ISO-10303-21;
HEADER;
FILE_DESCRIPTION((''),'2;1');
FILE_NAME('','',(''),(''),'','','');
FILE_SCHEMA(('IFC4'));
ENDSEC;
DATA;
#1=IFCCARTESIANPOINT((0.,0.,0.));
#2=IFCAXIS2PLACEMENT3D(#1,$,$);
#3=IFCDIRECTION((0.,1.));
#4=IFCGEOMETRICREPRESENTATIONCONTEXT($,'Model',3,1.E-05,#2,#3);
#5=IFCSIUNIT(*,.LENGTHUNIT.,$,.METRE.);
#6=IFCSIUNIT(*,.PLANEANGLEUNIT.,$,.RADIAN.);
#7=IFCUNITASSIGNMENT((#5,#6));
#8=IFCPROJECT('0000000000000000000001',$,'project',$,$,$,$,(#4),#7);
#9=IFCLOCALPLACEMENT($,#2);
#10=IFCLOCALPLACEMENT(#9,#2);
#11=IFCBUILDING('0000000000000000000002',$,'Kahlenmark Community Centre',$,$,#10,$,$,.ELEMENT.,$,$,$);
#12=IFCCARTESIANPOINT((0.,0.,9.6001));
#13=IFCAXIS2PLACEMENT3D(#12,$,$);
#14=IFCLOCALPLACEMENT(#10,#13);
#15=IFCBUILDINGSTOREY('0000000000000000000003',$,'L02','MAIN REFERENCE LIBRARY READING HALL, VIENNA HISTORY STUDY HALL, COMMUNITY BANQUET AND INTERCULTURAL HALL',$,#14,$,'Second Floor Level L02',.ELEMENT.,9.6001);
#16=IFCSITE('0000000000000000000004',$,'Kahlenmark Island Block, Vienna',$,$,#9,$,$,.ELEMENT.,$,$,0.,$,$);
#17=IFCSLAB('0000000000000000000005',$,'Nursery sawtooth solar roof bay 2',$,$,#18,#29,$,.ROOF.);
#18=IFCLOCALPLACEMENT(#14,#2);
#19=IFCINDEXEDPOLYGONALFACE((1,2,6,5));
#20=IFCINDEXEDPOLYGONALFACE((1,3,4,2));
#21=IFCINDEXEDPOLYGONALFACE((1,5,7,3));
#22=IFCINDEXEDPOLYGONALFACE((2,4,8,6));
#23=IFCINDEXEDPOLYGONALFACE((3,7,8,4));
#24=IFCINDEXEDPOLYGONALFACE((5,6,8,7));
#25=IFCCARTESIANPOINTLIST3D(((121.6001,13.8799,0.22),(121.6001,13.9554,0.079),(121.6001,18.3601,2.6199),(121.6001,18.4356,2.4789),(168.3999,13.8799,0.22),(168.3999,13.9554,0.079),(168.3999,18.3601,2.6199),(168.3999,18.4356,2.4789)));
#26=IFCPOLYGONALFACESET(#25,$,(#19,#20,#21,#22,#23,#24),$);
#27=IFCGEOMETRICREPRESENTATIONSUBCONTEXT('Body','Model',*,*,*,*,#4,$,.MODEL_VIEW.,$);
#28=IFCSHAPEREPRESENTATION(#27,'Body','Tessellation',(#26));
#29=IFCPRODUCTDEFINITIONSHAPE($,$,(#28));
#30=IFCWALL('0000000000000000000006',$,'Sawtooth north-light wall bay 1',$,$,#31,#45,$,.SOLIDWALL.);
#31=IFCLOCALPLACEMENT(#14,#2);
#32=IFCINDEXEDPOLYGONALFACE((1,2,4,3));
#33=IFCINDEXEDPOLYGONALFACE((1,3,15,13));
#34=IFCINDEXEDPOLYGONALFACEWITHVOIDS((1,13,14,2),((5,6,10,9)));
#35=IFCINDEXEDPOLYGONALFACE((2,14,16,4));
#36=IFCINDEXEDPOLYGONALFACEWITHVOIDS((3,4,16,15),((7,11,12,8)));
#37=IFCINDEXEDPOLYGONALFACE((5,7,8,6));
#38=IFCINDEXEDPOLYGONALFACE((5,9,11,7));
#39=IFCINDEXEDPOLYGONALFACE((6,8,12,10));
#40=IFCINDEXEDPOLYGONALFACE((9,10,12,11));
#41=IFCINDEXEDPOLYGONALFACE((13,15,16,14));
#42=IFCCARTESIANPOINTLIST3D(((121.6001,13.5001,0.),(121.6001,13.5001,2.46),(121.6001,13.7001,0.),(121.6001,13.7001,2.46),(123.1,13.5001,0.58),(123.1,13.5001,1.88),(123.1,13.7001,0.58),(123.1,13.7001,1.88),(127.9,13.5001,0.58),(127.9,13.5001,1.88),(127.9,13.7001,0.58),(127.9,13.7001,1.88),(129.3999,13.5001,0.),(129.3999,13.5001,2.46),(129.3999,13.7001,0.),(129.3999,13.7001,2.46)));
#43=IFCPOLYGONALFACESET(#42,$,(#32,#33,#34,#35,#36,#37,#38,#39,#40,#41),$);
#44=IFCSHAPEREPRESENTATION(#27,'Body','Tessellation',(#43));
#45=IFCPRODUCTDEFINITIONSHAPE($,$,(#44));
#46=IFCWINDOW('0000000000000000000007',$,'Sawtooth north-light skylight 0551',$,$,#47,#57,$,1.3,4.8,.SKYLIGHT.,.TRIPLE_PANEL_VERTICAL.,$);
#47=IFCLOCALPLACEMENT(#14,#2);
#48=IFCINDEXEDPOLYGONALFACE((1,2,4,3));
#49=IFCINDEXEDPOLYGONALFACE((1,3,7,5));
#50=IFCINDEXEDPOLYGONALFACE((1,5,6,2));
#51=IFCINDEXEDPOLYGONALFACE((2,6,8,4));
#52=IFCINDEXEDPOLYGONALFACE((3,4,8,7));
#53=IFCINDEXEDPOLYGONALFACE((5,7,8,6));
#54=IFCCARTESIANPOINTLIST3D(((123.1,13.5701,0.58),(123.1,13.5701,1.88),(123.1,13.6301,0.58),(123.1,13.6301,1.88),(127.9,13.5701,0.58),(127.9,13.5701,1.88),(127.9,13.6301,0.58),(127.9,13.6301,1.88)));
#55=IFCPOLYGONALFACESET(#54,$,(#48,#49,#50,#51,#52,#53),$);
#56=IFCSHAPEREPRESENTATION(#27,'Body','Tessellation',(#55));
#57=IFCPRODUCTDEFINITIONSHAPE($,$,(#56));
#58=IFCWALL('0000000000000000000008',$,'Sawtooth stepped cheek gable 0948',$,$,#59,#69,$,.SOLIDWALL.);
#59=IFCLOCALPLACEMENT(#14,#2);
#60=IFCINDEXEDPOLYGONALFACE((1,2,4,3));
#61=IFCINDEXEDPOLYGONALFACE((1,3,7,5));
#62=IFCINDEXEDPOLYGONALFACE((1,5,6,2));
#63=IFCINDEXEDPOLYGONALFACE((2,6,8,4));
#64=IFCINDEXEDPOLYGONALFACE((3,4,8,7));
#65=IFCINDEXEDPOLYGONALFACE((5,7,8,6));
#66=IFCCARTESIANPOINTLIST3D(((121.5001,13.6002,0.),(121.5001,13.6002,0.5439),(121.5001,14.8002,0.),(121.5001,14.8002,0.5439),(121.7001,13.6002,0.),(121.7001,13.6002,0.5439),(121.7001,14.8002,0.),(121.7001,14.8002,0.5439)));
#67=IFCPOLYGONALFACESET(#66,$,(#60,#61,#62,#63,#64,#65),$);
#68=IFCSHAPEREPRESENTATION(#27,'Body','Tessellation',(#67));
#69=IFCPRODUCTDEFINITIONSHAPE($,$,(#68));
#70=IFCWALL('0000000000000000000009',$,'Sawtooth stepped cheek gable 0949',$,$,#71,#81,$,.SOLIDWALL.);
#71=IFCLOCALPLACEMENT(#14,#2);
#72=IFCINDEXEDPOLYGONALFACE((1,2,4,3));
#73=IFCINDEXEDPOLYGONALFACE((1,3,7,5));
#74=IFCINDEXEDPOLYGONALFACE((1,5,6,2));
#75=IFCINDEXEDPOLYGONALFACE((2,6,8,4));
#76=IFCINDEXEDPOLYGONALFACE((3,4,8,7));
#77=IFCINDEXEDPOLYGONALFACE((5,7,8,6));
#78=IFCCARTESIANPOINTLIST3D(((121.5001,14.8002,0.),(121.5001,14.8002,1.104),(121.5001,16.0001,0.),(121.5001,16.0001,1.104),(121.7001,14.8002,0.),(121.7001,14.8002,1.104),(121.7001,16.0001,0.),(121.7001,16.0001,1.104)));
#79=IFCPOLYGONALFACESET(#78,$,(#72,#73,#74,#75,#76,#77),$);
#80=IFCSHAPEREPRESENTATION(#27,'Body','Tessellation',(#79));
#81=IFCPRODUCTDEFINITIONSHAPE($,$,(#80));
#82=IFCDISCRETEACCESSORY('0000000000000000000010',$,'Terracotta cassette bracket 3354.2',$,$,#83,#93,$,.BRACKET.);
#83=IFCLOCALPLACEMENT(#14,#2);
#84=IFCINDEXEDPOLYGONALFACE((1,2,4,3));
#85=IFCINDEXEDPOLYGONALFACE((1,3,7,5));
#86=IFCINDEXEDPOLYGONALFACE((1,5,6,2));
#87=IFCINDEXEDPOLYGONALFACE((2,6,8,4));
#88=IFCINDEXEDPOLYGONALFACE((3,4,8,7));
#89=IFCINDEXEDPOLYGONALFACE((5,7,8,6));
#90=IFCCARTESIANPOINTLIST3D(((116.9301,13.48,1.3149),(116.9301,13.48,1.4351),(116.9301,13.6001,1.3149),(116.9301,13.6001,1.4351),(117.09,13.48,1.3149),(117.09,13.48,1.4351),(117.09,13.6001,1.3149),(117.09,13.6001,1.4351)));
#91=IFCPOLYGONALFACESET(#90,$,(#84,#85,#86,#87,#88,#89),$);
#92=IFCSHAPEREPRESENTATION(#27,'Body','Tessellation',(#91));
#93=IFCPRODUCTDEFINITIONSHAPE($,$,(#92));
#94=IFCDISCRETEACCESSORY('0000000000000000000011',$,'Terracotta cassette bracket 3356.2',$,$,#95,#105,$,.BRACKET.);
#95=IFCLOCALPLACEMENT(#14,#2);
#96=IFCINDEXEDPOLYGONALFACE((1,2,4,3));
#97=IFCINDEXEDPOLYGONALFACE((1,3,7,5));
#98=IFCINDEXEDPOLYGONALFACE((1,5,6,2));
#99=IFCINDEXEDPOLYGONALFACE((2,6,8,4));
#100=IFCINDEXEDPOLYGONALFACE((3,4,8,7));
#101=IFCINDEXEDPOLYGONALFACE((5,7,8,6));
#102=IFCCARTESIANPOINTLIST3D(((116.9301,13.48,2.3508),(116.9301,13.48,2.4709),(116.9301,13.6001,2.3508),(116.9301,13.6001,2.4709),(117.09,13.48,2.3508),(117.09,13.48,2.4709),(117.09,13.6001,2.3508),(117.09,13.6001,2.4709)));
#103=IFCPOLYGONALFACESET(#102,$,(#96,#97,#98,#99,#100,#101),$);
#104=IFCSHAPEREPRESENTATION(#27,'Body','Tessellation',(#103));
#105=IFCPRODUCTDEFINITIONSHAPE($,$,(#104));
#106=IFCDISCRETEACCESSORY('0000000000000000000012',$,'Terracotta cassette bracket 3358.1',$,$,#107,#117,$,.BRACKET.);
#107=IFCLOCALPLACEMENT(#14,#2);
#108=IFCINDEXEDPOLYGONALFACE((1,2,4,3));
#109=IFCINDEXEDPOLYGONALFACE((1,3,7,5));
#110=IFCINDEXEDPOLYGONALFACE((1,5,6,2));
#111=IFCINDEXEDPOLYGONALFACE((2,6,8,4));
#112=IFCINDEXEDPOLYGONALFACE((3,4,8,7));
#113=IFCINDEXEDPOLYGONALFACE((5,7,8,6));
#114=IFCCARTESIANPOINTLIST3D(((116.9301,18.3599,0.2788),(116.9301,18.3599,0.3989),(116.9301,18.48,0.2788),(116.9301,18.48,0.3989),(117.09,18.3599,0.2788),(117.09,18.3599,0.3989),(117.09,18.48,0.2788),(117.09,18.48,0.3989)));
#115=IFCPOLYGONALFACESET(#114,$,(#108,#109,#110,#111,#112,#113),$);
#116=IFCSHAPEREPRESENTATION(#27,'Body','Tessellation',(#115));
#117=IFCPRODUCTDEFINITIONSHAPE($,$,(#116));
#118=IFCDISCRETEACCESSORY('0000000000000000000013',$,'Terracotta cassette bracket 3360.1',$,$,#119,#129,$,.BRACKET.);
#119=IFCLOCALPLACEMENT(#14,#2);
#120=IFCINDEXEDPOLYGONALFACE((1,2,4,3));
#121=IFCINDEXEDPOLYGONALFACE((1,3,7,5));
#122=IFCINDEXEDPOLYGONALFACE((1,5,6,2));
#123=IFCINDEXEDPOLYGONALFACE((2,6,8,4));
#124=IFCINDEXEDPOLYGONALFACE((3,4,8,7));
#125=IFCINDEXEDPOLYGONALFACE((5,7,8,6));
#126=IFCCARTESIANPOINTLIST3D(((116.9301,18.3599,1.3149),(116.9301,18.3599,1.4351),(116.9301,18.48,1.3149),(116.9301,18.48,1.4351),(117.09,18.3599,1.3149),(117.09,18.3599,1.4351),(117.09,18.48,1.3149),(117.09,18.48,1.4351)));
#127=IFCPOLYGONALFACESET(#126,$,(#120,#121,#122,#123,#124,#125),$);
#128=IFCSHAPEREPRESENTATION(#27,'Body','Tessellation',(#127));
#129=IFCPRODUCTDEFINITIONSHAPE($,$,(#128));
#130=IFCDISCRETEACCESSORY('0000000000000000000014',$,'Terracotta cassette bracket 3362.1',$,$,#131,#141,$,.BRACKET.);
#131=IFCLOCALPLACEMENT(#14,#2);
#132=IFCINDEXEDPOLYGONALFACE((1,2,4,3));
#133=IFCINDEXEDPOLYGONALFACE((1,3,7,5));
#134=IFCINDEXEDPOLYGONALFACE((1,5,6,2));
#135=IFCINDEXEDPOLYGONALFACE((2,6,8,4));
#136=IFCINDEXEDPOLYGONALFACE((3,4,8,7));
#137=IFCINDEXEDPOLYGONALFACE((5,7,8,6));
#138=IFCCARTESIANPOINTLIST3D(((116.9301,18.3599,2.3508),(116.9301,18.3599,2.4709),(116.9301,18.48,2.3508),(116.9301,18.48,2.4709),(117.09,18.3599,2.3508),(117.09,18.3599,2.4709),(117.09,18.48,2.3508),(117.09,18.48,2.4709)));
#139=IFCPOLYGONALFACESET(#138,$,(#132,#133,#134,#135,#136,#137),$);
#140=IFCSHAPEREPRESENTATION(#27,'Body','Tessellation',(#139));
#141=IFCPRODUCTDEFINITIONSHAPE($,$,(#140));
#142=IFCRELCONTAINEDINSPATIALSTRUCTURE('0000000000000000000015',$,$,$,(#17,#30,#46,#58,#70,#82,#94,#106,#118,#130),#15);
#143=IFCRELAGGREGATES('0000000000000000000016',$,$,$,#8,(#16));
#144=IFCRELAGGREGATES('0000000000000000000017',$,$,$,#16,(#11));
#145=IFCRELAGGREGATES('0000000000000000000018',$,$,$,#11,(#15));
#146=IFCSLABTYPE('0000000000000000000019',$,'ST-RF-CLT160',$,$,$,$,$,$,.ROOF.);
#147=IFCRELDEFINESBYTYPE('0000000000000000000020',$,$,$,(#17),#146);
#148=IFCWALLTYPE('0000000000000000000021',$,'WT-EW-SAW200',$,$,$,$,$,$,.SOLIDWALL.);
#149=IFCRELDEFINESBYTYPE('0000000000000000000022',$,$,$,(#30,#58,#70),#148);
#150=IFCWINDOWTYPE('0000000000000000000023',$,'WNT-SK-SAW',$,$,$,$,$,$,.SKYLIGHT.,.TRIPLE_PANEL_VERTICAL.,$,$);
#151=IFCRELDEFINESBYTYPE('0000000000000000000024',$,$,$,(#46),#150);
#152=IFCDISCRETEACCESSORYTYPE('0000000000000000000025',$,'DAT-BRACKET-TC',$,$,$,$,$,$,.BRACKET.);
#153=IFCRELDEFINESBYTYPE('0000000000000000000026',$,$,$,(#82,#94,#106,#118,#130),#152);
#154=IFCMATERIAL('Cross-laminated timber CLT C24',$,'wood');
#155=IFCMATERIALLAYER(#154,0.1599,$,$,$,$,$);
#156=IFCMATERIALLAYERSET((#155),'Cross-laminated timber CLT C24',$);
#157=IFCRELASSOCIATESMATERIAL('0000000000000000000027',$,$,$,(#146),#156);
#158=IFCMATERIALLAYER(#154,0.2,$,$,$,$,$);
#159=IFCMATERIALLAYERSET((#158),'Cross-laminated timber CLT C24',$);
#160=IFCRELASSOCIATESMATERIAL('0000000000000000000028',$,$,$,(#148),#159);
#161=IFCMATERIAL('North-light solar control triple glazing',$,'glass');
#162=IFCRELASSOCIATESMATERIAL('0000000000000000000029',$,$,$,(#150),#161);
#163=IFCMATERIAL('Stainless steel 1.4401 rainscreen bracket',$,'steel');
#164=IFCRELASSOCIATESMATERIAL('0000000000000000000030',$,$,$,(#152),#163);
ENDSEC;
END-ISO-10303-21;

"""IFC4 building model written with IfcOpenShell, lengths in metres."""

from ifc_helpers import new_model, si_unit, direction, frame, frame_2d, origin, origin_2d, place, context, subcontext, project, spatial, polyline, rectangle, outline, extrude, material, layer, layer_set, type_object, element, fill, save


model = new_model("IFC4")

# Units and contexts
model_context = context("Model", 3, precision=1e-05, world=origin(), true_north=direction((0.0, 1.0)))
body_context = subcontext(model_context, "Body", "Model", "MODEL_VIEW")
ifc_project = project(units=[si_unit("LENGTHUNIT", "METRE"), si_unit("PLANEANGLEUNIT", "RADIAN")], contexts=[model_context])

# Site, building, storey
site_placement = place(None, origin())
site = spatial("IfcSite", under=ifc_project, at=site_placement, Name="Kahlenmark Island Block, Vienna", CompositionType="ELEMENT", RefElevation=0.0)
building_placement = place(site_placement, origin())
building = spatial("IfcBuilding", under=site, at=building_placement, Name="Kahlenmark Community Centre", CompositionType="ELEMENT")
storey_placement = place(building_placement, frame((0.0, 0.0, 9.6001)))
storey = spatial("IfcBuildingStorey", under=building, at=storey_placement, Name="L02", Description="MAIN REFERENCE LIBRARY READING HALL, VIENNA HISTORY STUDY HALL, COMMUNITY BANQUET AND INTERCULTURAL HALL", LongName="Second Floor Level L02", CompositionType="ELEMENT", Elevation=9.6001)

# Slab
ifc_material_1 = material(Name="Cross-laminated timber CLT C24", Category="wood")
ifc_layer_1 = layer(ifc_material_1, 0.1599)
ifc_layer_set_1 = layer_set([ifc_layer_1], Name="Cross-laminated timber CLT C24")
slab_type = type_object("IfcSlabType", Name="ST-RF-CLT160", PredefinedType="ROOF", material=ifc_layer_set_1)
slab_placement = place(storey_placement, frame((121.6001, 13.8799, 0.22), z_axis=(0.0, -0.472188, 0.881498), x_axis=(1.0, 0.0, 0.0)))
element("IfcSlab", 1, at=slab_placement, inside=storey, type_object=slab_type, Name="Nursery sawtooth solar roof bay 2", PredefinedType="ROOF", context=body_context, shape_type="SweptSolid", body=[
    extrude(outline(polyline([(0.0, 0.0), (46.7998, 0.0), (46.7998, 5.0825), (0.0, 5.0825), (0.0, 0.0)])), origin(), (0.0, 0.0, -1.0), 0.1599),
])

# Wall, opening, window
ifc_layer_2 = layer(ifc_material_1, 0.2)
ifc_layer_set_2 = layer_set([ifc_layer_2], Name="Cross-laminated timber CLT C24")
wall_type = type_object("IfcWallType", Name="WT-EW-SAW200", PredefinedType="SOLIDWALL", material=ifc_layer_set_2)
wall_1_placement = place(storey_placement, frame((121.6001, 13.6001, 0.0), z_axis=(0.0, 0.0, 1.0), x_axis=(1.0, 0.0, 0.0)))
wall_1 = element("IfcWall", 2, at=wall_1_placement, inside=storey, type_object=wall_type, Name="Sawtooth north-light wall bay 1", PredefinedType="SOLIDWALL", context=body_context, shape_type="SweptSolid", body=[
    extrude(rectangle(XDim=7.7998, YDim=0.2, at=frame_2d((3.8999, 0.0))), origin(), (0.0, 0.0, 1.0), 2.46),
])
opening_placement = place(wall_1_placement, frame((1.5, 0.0, 0.5801)))
opening = element("IfcOpeningElement", 3, at=opening_placement, cuts=wall_1, PredefinedType="OPENING", context=body_context, shape_type="SweptSolid", body=[
    extrude(rectangle(XDim=4.8, YDim=1.3, at=frame_2d((2.3999, 0.6499))), frame((0.0, 0.1099, 0.0), z_axis=(0.0, -1.0, 0.0), x_axis=(1.0, 0.0, 0.0)), (0.0, 0.0, 1.0), 0.22),
])
ifc_material_2 = material(Name="North-light solar control triple glazing", Category="glass")
window_type = type_object("IfcWindowType", Name="WNT-SK-SAW", PartitioningType="TRIPLE_PANEL_VERTICAL", PredefinedType="SKYLIGHT", material=ifc_material_2)
window_placement = place(opening_placement, origin())
window = element("IfcWindow", 4, at=window_placement, inside=storey, type_object=window_type, Name="Sawtooth north-light skylight 0551", OverallHeight=1.3, OverallWidth=4.8, PartitioningType="TRIPLE_PANEL_VERTICAL", PredefinedType="SKYLIGHT", context=body_context, shape_type="SweptSolid", body=[
    extrude(rectangle(XDim=4.8, YDim=1.3, at=frame_2d((2.3999, 0.6499))), frame((0.0, 0.03, 0.0), z_axis=(0.0, -1.0, 0.0), x_axis=(1.0, 0.0, 0.0)), (0.0, 0.0, 1.0), 0.0601),
])
fill(opening, window)

# Walls
wall_2_placement = place(storey_placement, frame((121.6001, 13.6001, 0.0), z_axis=(0.0, 0.0, 1.0), x_axis=(0.0, 1.0, 0.0)))
element("IfcWall", 5, at=wall_2_placement, inside=storey, type_object=wall_type, Name="Sawtooth stepped cheek gable 0948", PredefinedType="SOLIDWALL", context=body_context, shape_type="SweptSolid", body=[
    extrude(rectangle(XDim=1.2, YDim=0.2, at=frame_2d((0.6001, 0.0))), origin(), (0.0, 0.0, 1.0), 0.5439),
])
wall_3_placement = place(storey_placement, frame((121.6001, 14.8, 0.0), z_axis=(0.0, 0.0, 1.0), x_axis=(0.0, 1.0, 0.0)))
element("IfcWall", 6, at=wall_3_placement, inside=storey, type_object=wall_type, Name="Sawtooth stepped cheek gable 0949", PredefinedType="SOLIDWALL", context=body_context, shape_type="SweptSolid", body=[
    extrude(rectangle(XDim=1.2, YDim=0.2, at=frame_2d((0.6001, 0.0))), origin(), (0.0, 0.0, 1.0), 1.104),
])

# Discrete accessories
ifc_material_3 = material(Name="Stainless steel 1.4401 rainscreen bracket", Category="steel")
discrete_accessory_type = type_object("IfcDiscreteAccessoryType", Name="DAT-BRACKET-TC", PredefinedType="BRACKET", material=ifc_material_3)
for number, where, z_axis, x_axis, name in (
    (7, (117.01, 13.54, 1.3149), (0.0, 0.0, 1.0), (0.0, 1.0, 0.0), "Terracotta cassette bracket 3354.2"),
    (8, (117.01, 13.54, 2.3508), (0.0, 0.0, 1.0), (0.0, 1.0, 0.0), "Terracotta cassette bracket 3356.2"),
    (9, (117.01, 18.4199, 0.2788), (0.0, 0.0, 1.0), (0.0, 1.0, 0.0), "Terracotta cassette bracket 3358.1"),
    (10, (117.01, 18.4199, 1.3149), (0.0, 0.0, 1.0), (0.0, 1.0, 0.0), "Terracotta cassette bracket 3360.1"),
    (11, (117.01, 18.4199, 2.3508), (0.0, 0.0, 1.0), (0.0, 1.0, 0.0), "Terracotta cassette bracket 3362.1"),
):
    element("IfcDiscreteAccessory", number, at=place(storey_placement, frame(where, z_axis=z_axis, x_axis=x_axis)), inside=storey, type_object=discrete_accessory_type, Name=name, PredefinedType="BRACKET", context=body_context, shape_type="SweptSolid", body=[
        extrude(rectangle(XDim=0.1201, YDim=0.1599, at=origin_2d()), origin(), (0.0, 0.0, 1.0), 0.1201),
    ])

save(model, "model.ifc")
